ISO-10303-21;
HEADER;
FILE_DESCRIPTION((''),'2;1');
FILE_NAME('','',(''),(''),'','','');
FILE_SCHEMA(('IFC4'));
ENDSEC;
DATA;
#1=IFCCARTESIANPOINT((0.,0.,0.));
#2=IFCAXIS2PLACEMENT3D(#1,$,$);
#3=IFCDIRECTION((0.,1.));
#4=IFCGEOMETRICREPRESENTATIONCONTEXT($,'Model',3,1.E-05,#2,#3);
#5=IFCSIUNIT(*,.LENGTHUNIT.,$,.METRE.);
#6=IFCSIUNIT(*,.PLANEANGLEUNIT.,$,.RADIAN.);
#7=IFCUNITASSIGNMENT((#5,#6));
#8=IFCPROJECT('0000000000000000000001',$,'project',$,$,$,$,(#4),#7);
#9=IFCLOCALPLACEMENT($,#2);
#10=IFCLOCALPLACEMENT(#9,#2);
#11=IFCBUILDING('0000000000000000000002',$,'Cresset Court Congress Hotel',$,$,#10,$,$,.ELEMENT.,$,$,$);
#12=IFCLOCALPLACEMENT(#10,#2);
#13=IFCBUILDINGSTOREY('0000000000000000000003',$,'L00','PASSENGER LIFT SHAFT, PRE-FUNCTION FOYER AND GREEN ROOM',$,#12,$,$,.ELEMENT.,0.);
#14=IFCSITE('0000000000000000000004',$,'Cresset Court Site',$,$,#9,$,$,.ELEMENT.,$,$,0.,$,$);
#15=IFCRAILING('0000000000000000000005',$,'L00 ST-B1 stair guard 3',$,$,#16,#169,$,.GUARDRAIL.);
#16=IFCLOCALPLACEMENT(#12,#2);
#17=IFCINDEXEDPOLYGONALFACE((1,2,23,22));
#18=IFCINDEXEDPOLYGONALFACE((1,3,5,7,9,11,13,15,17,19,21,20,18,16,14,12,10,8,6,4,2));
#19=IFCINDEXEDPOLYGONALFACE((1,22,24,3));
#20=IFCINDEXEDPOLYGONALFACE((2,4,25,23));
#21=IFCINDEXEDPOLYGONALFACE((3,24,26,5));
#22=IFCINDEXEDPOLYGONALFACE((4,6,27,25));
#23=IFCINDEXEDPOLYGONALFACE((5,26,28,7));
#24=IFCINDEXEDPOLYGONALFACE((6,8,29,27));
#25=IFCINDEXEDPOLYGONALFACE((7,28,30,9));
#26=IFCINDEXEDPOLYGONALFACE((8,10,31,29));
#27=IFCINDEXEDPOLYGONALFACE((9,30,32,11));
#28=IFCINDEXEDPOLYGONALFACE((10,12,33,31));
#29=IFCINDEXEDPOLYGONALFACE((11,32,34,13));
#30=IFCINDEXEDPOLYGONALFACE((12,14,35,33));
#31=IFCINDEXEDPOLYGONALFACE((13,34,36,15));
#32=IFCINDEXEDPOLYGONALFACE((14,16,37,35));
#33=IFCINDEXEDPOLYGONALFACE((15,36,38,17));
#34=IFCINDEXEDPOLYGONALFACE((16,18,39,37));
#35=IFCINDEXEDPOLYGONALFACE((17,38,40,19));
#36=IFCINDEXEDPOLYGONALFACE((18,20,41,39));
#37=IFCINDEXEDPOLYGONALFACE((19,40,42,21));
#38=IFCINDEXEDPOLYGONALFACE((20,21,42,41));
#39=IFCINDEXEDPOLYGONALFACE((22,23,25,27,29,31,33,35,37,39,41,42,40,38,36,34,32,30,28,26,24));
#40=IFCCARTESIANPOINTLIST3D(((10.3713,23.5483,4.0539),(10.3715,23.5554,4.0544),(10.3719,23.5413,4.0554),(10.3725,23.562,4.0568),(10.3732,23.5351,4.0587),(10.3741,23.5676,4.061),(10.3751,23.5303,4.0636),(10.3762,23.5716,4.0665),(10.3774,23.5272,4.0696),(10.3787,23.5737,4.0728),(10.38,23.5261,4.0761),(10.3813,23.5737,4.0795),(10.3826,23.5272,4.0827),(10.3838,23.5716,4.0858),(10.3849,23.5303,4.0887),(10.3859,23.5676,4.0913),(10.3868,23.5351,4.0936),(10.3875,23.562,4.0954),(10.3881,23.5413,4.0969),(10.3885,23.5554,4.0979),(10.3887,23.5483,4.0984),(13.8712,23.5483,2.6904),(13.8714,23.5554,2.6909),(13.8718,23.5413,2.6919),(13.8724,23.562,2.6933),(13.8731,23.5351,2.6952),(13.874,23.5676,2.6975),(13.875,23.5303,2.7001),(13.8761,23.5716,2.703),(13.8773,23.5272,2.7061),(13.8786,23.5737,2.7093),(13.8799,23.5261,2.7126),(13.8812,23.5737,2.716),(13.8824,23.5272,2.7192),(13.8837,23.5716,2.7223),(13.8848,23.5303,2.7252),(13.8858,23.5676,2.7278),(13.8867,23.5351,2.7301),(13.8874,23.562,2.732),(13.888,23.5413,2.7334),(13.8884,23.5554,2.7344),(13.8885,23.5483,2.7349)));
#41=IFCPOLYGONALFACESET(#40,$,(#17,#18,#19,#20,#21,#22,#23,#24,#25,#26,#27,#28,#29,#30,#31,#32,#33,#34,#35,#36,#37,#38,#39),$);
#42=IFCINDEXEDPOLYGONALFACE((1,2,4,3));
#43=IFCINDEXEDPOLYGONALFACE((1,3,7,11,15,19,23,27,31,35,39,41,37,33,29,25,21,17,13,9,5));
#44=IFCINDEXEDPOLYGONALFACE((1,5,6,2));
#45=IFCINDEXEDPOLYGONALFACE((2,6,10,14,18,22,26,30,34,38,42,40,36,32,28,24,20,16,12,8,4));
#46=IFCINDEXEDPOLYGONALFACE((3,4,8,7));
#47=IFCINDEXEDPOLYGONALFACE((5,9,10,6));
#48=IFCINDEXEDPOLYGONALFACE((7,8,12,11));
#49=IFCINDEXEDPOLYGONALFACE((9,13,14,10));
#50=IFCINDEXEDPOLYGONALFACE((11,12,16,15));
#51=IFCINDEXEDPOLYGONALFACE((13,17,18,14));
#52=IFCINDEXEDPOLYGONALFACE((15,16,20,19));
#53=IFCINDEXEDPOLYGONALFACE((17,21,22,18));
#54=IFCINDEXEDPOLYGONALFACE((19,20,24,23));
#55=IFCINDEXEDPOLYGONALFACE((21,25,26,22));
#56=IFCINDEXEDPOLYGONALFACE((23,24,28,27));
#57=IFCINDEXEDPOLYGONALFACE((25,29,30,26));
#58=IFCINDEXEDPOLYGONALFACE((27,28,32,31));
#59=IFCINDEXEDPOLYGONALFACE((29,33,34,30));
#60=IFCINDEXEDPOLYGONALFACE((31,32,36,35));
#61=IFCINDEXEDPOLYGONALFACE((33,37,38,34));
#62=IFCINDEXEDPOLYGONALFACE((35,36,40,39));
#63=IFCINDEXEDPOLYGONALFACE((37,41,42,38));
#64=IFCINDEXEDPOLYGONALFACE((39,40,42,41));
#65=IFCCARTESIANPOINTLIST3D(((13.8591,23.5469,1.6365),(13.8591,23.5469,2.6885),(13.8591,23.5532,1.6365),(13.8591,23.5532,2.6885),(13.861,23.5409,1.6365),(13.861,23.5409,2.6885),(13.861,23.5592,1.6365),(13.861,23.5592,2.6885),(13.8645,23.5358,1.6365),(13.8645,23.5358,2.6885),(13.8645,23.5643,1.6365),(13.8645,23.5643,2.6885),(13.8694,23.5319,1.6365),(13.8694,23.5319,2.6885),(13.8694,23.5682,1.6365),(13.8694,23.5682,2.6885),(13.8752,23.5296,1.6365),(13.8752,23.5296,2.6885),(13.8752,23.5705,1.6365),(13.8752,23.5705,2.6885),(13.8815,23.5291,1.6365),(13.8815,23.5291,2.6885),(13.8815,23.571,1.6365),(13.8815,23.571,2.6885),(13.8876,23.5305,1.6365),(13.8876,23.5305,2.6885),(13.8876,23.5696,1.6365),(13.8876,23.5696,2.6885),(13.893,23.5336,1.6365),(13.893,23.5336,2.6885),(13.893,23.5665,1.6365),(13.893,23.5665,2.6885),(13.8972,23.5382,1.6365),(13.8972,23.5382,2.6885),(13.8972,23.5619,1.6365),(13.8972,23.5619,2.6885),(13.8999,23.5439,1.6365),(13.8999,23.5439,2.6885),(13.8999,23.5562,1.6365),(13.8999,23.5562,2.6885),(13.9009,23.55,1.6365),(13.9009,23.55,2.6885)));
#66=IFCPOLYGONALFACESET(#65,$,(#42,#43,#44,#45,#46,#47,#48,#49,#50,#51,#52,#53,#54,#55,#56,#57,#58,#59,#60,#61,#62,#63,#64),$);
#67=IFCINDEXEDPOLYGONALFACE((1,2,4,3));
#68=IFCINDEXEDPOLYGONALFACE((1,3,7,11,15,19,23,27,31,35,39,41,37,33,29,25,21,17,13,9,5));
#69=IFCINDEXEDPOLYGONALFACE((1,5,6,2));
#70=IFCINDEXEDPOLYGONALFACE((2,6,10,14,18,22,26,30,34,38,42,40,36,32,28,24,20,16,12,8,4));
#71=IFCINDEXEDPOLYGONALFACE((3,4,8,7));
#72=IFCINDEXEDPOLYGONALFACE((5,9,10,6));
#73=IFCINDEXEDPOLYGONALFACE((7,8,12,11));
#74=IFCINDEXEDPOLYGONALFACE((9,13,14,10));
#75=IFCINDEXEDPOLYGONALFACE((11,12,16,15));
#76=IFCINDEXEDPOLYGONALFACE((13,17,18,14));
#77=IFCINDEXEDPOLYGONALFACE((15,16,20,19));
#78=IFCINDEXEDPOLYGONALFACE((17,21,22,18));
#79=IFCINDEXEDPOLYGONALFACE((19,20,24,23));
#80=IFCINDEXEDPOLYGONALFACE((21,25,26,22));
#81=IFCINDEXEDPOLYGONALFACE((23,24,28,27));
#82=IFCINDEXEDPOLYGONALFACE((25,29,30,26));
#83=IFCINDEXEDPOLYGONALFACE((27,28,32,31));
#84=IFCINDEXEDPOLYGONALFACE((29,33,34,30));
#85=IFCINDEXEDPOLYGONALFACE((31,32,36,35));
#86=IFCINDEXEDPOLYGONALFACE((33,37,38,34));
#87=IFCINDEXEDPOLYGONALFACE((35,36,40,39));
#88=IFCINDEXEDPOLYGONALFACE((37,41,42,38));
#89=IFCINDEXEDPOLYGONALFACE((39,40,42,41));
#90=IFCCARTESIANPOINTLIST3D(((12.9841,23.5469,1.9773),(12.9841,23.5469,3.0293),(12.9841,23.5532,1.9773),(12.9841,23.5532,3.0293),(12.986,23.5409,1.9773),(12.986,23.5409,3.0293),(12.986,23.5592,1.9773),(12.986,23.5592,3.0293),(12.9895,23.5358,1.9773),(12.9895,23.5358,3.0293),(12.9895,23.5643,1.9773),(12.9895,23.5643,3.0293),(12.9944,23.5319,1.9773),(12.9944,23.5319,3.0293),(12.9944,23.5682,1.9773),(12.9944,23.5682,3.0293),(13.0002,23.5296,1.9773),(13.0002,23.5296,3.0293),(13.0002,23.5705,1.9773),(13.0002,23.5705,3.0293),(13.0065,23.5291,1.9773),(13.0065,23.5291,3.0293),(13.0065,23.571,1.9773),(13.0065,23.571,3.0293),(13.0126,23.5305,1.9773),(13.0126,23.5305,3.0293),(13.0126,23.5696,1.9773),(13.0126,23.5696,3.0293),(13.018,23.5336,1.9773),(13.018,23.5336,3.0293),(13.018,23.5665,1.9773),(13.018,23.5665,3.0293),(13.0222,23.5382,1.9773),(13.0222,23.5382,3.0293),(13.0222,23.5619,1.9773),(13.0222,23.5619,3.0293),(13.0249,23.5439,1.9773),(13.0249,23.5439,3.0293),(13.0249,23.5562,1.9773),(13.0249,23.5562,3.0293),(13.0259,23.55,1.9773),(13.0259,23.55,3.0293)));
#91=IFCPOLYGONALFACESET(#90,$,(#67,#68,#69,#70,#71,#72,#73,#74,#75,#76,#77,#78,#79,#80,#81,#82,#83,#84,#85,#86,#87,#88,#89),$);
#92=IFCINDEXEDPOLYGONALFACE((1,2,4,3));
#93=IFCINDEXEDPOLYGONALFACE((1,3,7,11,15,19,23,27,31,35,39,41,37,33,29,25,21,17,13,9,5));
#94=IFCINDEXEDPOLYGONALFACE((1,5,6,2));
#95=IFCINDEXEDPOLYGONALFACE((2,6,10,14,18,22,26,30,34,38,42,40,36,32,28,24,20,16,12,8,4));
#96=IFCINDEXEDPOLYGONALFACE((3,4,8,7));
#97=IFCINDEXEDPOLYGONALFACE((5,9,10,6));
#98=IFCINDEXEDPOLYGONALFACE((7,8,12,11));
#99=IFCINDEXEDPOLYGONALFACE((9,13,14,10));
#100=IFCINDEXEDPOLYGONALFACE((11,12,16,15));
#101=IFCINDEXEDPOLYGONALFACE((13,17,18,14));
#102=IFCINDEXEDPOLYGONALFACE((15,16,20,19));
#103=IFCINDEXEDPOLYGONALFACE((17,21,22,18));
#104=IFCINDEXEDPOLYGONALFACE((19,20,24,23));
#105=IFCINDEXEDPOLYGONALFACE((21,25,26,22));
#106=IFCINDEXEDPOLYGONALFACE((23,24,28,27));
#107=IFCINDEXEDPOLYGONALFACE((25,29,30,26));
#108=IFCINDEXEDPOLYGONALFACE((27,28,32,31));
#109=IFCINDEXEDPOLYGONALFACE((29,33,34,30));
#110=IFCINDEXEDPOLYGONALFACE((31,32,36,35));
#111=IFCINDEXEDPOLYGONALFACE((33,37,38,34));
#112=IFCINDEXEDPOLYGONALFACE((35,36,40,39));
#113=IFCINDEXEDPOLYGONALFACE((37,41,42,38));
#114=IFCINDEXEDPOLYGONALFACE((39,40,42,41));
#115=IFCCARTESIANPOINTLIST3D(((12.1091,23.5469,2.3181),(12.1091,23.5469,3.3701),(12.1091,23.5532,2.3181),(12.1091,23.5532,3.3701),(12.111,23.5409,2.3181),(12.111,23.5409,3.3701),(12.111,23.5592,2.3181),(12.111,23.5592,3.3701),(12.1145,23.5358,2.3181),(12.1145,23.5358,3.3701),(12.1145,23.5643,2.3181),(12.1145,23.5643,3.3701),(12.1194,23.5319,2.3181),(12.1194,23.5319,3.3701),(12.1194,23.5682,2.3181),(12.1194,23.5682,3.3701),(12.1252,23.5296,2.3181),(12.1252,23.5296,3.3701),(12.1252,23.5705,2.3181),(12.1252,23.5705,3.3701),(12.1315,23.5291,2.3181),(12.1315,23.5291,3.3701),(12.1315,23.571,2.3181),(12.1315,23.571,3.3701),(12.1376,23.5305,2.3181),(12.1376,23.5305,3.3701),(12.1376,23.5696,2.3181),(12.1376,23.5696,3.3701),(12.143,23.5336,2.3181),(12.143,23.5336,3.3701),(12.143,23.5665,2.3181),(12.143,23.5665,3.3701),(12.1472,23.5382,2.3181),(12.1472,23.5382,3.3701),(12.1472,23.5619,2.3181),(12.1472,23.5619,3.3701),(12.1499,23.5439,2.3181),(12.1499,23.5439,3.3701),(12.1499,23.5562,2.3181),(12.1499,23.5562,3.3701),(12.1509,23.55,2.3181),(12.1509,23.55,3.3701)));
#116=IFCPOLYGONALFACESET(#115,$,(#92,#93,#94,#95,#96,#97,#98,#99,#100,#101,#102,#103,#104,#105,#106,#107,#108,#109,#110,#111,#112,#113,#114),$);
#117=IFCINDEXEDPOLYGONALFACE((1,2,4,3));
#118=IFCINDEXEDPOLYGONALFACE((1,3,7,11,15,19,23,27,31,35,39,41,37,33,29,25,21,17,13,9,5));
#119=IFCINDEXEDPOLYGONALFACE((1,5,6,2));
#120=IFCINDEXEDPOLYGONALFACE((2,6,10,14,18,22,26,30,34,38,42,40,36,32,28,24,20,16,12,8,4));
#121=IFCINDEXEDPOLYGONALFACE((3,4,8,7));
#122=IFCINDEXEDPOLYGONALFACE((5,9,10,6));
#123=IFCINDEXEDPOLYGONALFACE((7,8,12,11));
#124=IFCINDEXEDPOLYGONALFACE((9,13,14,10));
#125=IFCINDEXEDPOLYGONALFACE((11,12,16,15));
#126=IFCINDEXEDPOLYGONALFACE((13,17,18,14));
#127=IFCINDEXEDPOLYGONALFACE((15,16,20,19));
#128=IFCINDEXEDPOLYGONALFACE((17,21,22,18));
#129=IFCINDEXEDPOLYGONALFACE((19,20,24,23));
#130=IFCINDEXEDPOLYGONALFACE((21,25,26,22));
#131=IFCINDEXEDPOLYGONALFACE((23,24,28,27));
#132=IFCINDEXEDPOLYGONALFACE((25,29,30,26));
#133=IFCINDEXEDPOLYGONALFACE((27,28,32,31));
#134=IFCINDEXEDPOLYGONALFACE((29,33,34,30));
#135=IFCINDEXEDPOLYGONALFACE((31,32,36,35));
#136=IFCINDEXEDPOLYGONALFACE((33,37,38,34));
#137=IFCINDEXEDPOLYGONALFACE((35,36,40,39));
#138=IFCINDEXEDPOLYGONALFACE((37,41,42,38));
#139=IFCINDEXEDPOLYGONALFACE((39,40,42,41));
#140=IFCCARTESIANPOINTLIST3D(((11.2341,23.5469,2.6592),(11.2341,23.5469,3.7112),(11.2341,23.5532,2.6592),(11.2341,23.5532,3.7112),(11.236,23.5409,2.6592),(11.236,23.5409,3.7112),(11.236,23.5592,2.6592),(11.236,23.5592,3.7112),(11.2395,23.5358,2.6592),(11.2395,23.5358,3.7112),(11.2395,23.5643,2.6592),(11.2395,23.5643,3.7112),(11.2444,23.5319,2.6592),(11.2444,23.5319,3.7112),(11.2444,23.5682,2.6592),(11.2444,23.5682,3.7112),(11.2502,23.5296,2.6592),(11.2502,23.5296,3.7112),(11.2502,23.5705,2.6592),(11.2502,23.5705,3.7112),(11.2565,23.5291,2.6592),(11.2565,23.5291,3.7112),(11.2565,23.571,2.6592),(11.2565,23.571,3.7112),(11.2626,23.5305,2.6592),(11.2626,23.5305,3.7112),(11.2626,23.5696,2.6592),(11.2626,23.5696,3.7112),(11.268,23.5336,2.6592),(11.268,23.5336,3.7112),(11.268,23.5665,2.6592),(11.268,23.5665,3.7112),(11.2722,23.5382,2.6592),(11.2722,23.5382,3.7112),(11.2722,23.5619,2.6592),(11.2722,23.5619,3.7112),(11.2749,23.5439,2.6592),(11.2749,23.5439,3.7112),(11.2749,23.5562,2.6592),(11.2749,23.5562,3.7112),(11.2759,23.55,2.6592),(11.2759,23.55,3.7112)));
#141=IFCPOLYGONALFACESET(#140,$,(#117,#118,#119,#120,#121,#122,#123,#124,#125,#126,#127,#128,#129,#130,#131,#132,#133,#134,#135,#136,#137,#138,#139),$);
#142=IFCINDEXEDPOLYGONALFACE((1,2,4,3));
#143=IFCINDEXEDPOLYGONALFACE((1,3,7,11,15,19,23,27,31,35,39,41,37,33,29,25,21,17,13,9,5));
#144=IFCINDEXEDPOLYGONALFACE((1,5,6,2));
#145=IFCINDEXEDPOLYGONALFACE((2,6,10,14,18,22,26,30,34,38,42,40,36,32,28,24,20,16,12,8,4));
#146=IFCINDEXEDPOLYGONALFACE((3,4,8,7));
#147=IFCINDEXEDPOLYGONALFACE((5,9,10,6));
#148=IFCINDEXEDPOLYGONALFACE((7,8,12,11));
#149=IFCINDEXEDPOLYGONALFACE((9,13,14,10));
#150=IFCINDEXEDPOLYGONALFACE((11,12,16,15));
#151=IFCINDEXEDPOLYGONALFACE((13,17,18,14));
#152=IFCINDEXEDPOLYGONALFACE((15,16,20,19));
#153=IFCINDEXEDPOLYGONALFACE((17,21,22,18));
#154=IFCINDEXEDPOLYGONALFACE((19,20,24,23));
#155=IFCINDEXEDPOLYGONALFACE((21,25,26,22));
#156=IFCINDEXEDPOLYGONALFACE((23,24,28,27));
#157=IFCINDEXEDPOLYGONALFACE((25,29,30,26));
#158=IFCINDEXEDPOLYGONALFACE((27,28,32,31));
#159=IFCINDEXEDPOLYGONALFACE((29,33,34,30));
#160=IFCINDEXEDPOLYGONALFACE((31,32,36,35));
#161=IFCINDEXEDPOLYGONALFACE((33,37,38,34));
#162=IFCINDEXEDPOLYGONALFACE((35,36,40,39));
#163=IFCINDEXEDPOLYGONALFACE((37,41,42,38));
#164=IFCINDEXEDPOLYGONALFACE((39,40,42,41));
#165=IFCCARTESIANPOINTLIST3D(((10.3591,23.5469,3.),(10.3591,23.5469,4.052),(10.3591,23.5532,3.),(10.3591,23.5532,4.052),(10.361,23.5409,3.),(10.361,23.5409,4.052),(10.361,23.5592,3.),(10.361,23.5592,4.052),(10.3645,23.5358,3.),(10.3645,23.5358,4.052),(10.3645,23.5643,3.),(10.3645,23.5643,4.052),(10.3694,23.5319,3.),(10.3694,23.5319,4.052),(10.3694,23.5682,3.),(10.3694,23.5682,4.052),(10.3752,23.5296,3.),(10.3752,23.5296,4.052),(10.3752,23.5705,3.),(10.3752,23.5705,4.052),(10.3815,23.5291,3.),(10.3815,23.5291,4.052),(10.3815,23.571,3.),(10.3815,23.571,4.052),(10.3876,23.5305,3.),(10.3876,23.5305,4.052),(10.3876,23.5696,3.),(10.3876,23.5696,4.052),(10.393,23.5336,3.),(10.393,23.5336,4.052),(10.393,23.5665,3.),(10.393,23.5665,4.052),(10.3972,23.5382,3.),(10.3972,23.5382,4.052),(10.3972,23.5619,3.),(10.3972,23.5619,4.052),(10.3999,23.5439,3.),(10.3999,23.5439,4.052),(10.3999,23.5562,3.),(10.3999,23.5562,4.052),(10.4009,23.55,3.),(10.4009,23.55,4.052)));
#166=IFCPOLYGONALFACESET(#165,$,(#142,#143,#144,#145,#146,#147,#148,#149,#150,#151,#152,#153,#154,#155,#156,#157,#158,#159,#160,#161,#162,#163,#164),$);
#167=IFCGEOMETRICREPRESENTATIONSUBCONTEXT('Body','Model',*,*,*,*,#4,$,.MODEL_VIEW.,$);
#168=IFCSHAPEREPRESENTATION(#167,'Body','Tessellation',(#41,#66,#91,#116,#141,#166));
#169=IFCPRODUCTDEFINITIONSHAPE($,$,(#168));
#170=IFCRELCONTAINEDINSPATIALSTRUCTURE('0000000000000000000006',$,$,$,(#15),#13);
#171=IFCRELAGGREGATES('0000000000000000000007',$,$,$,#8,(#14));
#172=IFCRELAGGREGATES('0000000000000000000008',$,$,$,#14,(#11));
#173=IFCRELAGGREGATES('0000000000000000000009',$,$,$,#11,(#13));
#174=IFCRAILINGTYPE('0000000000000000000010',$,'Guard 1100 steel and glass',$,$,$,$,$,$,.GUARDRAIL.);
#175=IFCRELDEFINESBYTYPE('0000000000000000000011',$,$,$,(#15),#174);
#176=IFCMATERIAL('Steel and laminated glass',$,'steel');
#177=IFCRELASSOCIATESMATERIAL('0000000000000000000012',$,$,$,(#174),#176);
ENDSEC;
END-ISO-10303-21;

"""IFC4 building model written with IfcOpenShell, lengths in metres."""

from ifc_helpers import new_model, si_unit, direction, frame, origin, origin_2d, place, context, subcontext, project, spatial, circle, extrude, material, type_object, element, save


model = new_model("IFC4")

# Units and contexts
model_context = context("Model", 3, precision=1e-05, world=origin(), true_north=direction((0.0, 1.0)))
body_context = subcontext(model_context, "Body", "Model", "MODEL_VIEW")
ifc_project = project(units=[si_unit("LENGTHUNIT", "METRE"), si_unit("PLANEANGLEUNIT", "RADIAN")], contexts=[model_context])

# Site, building, storey
site_placement = place(None, origin())
site = spatial("IfcSite", under=ifc_project, at=site_placement, Name="Cresset Court Site", CompositionType="ELEMENT", RefElevation=0.0)
building_placement = place(site_placement, origin())
building = spatial("IfcBuilding", under=site, at=building_placement, Name="Cresset Court Congress Hotel", CompositionType="ELEMENT")
storey_placement = place(building_placement, origin())
storey = spatial("IfcBuildingStorey", under=building, at=storey_placement, Name="L00", Description="PASSENGER LIFT SHAFT, PRE-FUNCTION FOYER AND GREEN ROOM", CompositionType="ELEMENT", Elevation=0.0)

# Railing
ifc_material_1 = material(Name="Steel and laminated glass", Category="steel")
railing_type_1 = type_object("IfcRailingType", Name="Guard 1100 steel and glass", PredefinedType="GUARDRAIL", material=ifc_material_1)
railing_1_placement = place(storey_placement, frame((13.8799, 23.55, 1.6365)))
element("IfcRailing", 1, at=railing_1_placement, inside=storey, type_object=railing_type_1, Name="L00 ST-B1 stair guard 3", PredefinedType="GUARDRAIL", context=body_context, shape_type="SweptSolid", body=[
    extrude(circle(Radius=0.0239, at=origin_2d()), frame((0.0, 0.0, 1.0762), z_axis=(-0.931787, 0.0, 0.363005), x_axis=(0.0, -1.0, 0.0)), (0.0, 0.0, 1.0), 3.7561),
    extrude(circle(Radius=0.021, at=origin_2d()), origin(), (0.0, 0.0, 1.0), 1.052),
    extrude(circle(Radius=0.021, at=origin_2d()), frame((-0.875, 0.0, 0.3408)), (0.0, 0.0, 1.0), 1.052),
    extrude(circle(Radius=0.021, at=origin_2d()), frame((-1.75, 0.0, 0.6816)), (0.0, 0.0, 1.0), 1.052),
    extrude(circle(Radius=0.021, at=origin_2d()), frame((-2.625, 0.0, 1.0227)), (0.0, 0.0, 1.0), 1.052),
    extrude(circle(Radius=0.021, at=origin_2d()), frame((-3.5, 0.0, 1.3635)), (0.0, 0.0, 1.0), 1.052),
])

save(model, "model.ifc")
